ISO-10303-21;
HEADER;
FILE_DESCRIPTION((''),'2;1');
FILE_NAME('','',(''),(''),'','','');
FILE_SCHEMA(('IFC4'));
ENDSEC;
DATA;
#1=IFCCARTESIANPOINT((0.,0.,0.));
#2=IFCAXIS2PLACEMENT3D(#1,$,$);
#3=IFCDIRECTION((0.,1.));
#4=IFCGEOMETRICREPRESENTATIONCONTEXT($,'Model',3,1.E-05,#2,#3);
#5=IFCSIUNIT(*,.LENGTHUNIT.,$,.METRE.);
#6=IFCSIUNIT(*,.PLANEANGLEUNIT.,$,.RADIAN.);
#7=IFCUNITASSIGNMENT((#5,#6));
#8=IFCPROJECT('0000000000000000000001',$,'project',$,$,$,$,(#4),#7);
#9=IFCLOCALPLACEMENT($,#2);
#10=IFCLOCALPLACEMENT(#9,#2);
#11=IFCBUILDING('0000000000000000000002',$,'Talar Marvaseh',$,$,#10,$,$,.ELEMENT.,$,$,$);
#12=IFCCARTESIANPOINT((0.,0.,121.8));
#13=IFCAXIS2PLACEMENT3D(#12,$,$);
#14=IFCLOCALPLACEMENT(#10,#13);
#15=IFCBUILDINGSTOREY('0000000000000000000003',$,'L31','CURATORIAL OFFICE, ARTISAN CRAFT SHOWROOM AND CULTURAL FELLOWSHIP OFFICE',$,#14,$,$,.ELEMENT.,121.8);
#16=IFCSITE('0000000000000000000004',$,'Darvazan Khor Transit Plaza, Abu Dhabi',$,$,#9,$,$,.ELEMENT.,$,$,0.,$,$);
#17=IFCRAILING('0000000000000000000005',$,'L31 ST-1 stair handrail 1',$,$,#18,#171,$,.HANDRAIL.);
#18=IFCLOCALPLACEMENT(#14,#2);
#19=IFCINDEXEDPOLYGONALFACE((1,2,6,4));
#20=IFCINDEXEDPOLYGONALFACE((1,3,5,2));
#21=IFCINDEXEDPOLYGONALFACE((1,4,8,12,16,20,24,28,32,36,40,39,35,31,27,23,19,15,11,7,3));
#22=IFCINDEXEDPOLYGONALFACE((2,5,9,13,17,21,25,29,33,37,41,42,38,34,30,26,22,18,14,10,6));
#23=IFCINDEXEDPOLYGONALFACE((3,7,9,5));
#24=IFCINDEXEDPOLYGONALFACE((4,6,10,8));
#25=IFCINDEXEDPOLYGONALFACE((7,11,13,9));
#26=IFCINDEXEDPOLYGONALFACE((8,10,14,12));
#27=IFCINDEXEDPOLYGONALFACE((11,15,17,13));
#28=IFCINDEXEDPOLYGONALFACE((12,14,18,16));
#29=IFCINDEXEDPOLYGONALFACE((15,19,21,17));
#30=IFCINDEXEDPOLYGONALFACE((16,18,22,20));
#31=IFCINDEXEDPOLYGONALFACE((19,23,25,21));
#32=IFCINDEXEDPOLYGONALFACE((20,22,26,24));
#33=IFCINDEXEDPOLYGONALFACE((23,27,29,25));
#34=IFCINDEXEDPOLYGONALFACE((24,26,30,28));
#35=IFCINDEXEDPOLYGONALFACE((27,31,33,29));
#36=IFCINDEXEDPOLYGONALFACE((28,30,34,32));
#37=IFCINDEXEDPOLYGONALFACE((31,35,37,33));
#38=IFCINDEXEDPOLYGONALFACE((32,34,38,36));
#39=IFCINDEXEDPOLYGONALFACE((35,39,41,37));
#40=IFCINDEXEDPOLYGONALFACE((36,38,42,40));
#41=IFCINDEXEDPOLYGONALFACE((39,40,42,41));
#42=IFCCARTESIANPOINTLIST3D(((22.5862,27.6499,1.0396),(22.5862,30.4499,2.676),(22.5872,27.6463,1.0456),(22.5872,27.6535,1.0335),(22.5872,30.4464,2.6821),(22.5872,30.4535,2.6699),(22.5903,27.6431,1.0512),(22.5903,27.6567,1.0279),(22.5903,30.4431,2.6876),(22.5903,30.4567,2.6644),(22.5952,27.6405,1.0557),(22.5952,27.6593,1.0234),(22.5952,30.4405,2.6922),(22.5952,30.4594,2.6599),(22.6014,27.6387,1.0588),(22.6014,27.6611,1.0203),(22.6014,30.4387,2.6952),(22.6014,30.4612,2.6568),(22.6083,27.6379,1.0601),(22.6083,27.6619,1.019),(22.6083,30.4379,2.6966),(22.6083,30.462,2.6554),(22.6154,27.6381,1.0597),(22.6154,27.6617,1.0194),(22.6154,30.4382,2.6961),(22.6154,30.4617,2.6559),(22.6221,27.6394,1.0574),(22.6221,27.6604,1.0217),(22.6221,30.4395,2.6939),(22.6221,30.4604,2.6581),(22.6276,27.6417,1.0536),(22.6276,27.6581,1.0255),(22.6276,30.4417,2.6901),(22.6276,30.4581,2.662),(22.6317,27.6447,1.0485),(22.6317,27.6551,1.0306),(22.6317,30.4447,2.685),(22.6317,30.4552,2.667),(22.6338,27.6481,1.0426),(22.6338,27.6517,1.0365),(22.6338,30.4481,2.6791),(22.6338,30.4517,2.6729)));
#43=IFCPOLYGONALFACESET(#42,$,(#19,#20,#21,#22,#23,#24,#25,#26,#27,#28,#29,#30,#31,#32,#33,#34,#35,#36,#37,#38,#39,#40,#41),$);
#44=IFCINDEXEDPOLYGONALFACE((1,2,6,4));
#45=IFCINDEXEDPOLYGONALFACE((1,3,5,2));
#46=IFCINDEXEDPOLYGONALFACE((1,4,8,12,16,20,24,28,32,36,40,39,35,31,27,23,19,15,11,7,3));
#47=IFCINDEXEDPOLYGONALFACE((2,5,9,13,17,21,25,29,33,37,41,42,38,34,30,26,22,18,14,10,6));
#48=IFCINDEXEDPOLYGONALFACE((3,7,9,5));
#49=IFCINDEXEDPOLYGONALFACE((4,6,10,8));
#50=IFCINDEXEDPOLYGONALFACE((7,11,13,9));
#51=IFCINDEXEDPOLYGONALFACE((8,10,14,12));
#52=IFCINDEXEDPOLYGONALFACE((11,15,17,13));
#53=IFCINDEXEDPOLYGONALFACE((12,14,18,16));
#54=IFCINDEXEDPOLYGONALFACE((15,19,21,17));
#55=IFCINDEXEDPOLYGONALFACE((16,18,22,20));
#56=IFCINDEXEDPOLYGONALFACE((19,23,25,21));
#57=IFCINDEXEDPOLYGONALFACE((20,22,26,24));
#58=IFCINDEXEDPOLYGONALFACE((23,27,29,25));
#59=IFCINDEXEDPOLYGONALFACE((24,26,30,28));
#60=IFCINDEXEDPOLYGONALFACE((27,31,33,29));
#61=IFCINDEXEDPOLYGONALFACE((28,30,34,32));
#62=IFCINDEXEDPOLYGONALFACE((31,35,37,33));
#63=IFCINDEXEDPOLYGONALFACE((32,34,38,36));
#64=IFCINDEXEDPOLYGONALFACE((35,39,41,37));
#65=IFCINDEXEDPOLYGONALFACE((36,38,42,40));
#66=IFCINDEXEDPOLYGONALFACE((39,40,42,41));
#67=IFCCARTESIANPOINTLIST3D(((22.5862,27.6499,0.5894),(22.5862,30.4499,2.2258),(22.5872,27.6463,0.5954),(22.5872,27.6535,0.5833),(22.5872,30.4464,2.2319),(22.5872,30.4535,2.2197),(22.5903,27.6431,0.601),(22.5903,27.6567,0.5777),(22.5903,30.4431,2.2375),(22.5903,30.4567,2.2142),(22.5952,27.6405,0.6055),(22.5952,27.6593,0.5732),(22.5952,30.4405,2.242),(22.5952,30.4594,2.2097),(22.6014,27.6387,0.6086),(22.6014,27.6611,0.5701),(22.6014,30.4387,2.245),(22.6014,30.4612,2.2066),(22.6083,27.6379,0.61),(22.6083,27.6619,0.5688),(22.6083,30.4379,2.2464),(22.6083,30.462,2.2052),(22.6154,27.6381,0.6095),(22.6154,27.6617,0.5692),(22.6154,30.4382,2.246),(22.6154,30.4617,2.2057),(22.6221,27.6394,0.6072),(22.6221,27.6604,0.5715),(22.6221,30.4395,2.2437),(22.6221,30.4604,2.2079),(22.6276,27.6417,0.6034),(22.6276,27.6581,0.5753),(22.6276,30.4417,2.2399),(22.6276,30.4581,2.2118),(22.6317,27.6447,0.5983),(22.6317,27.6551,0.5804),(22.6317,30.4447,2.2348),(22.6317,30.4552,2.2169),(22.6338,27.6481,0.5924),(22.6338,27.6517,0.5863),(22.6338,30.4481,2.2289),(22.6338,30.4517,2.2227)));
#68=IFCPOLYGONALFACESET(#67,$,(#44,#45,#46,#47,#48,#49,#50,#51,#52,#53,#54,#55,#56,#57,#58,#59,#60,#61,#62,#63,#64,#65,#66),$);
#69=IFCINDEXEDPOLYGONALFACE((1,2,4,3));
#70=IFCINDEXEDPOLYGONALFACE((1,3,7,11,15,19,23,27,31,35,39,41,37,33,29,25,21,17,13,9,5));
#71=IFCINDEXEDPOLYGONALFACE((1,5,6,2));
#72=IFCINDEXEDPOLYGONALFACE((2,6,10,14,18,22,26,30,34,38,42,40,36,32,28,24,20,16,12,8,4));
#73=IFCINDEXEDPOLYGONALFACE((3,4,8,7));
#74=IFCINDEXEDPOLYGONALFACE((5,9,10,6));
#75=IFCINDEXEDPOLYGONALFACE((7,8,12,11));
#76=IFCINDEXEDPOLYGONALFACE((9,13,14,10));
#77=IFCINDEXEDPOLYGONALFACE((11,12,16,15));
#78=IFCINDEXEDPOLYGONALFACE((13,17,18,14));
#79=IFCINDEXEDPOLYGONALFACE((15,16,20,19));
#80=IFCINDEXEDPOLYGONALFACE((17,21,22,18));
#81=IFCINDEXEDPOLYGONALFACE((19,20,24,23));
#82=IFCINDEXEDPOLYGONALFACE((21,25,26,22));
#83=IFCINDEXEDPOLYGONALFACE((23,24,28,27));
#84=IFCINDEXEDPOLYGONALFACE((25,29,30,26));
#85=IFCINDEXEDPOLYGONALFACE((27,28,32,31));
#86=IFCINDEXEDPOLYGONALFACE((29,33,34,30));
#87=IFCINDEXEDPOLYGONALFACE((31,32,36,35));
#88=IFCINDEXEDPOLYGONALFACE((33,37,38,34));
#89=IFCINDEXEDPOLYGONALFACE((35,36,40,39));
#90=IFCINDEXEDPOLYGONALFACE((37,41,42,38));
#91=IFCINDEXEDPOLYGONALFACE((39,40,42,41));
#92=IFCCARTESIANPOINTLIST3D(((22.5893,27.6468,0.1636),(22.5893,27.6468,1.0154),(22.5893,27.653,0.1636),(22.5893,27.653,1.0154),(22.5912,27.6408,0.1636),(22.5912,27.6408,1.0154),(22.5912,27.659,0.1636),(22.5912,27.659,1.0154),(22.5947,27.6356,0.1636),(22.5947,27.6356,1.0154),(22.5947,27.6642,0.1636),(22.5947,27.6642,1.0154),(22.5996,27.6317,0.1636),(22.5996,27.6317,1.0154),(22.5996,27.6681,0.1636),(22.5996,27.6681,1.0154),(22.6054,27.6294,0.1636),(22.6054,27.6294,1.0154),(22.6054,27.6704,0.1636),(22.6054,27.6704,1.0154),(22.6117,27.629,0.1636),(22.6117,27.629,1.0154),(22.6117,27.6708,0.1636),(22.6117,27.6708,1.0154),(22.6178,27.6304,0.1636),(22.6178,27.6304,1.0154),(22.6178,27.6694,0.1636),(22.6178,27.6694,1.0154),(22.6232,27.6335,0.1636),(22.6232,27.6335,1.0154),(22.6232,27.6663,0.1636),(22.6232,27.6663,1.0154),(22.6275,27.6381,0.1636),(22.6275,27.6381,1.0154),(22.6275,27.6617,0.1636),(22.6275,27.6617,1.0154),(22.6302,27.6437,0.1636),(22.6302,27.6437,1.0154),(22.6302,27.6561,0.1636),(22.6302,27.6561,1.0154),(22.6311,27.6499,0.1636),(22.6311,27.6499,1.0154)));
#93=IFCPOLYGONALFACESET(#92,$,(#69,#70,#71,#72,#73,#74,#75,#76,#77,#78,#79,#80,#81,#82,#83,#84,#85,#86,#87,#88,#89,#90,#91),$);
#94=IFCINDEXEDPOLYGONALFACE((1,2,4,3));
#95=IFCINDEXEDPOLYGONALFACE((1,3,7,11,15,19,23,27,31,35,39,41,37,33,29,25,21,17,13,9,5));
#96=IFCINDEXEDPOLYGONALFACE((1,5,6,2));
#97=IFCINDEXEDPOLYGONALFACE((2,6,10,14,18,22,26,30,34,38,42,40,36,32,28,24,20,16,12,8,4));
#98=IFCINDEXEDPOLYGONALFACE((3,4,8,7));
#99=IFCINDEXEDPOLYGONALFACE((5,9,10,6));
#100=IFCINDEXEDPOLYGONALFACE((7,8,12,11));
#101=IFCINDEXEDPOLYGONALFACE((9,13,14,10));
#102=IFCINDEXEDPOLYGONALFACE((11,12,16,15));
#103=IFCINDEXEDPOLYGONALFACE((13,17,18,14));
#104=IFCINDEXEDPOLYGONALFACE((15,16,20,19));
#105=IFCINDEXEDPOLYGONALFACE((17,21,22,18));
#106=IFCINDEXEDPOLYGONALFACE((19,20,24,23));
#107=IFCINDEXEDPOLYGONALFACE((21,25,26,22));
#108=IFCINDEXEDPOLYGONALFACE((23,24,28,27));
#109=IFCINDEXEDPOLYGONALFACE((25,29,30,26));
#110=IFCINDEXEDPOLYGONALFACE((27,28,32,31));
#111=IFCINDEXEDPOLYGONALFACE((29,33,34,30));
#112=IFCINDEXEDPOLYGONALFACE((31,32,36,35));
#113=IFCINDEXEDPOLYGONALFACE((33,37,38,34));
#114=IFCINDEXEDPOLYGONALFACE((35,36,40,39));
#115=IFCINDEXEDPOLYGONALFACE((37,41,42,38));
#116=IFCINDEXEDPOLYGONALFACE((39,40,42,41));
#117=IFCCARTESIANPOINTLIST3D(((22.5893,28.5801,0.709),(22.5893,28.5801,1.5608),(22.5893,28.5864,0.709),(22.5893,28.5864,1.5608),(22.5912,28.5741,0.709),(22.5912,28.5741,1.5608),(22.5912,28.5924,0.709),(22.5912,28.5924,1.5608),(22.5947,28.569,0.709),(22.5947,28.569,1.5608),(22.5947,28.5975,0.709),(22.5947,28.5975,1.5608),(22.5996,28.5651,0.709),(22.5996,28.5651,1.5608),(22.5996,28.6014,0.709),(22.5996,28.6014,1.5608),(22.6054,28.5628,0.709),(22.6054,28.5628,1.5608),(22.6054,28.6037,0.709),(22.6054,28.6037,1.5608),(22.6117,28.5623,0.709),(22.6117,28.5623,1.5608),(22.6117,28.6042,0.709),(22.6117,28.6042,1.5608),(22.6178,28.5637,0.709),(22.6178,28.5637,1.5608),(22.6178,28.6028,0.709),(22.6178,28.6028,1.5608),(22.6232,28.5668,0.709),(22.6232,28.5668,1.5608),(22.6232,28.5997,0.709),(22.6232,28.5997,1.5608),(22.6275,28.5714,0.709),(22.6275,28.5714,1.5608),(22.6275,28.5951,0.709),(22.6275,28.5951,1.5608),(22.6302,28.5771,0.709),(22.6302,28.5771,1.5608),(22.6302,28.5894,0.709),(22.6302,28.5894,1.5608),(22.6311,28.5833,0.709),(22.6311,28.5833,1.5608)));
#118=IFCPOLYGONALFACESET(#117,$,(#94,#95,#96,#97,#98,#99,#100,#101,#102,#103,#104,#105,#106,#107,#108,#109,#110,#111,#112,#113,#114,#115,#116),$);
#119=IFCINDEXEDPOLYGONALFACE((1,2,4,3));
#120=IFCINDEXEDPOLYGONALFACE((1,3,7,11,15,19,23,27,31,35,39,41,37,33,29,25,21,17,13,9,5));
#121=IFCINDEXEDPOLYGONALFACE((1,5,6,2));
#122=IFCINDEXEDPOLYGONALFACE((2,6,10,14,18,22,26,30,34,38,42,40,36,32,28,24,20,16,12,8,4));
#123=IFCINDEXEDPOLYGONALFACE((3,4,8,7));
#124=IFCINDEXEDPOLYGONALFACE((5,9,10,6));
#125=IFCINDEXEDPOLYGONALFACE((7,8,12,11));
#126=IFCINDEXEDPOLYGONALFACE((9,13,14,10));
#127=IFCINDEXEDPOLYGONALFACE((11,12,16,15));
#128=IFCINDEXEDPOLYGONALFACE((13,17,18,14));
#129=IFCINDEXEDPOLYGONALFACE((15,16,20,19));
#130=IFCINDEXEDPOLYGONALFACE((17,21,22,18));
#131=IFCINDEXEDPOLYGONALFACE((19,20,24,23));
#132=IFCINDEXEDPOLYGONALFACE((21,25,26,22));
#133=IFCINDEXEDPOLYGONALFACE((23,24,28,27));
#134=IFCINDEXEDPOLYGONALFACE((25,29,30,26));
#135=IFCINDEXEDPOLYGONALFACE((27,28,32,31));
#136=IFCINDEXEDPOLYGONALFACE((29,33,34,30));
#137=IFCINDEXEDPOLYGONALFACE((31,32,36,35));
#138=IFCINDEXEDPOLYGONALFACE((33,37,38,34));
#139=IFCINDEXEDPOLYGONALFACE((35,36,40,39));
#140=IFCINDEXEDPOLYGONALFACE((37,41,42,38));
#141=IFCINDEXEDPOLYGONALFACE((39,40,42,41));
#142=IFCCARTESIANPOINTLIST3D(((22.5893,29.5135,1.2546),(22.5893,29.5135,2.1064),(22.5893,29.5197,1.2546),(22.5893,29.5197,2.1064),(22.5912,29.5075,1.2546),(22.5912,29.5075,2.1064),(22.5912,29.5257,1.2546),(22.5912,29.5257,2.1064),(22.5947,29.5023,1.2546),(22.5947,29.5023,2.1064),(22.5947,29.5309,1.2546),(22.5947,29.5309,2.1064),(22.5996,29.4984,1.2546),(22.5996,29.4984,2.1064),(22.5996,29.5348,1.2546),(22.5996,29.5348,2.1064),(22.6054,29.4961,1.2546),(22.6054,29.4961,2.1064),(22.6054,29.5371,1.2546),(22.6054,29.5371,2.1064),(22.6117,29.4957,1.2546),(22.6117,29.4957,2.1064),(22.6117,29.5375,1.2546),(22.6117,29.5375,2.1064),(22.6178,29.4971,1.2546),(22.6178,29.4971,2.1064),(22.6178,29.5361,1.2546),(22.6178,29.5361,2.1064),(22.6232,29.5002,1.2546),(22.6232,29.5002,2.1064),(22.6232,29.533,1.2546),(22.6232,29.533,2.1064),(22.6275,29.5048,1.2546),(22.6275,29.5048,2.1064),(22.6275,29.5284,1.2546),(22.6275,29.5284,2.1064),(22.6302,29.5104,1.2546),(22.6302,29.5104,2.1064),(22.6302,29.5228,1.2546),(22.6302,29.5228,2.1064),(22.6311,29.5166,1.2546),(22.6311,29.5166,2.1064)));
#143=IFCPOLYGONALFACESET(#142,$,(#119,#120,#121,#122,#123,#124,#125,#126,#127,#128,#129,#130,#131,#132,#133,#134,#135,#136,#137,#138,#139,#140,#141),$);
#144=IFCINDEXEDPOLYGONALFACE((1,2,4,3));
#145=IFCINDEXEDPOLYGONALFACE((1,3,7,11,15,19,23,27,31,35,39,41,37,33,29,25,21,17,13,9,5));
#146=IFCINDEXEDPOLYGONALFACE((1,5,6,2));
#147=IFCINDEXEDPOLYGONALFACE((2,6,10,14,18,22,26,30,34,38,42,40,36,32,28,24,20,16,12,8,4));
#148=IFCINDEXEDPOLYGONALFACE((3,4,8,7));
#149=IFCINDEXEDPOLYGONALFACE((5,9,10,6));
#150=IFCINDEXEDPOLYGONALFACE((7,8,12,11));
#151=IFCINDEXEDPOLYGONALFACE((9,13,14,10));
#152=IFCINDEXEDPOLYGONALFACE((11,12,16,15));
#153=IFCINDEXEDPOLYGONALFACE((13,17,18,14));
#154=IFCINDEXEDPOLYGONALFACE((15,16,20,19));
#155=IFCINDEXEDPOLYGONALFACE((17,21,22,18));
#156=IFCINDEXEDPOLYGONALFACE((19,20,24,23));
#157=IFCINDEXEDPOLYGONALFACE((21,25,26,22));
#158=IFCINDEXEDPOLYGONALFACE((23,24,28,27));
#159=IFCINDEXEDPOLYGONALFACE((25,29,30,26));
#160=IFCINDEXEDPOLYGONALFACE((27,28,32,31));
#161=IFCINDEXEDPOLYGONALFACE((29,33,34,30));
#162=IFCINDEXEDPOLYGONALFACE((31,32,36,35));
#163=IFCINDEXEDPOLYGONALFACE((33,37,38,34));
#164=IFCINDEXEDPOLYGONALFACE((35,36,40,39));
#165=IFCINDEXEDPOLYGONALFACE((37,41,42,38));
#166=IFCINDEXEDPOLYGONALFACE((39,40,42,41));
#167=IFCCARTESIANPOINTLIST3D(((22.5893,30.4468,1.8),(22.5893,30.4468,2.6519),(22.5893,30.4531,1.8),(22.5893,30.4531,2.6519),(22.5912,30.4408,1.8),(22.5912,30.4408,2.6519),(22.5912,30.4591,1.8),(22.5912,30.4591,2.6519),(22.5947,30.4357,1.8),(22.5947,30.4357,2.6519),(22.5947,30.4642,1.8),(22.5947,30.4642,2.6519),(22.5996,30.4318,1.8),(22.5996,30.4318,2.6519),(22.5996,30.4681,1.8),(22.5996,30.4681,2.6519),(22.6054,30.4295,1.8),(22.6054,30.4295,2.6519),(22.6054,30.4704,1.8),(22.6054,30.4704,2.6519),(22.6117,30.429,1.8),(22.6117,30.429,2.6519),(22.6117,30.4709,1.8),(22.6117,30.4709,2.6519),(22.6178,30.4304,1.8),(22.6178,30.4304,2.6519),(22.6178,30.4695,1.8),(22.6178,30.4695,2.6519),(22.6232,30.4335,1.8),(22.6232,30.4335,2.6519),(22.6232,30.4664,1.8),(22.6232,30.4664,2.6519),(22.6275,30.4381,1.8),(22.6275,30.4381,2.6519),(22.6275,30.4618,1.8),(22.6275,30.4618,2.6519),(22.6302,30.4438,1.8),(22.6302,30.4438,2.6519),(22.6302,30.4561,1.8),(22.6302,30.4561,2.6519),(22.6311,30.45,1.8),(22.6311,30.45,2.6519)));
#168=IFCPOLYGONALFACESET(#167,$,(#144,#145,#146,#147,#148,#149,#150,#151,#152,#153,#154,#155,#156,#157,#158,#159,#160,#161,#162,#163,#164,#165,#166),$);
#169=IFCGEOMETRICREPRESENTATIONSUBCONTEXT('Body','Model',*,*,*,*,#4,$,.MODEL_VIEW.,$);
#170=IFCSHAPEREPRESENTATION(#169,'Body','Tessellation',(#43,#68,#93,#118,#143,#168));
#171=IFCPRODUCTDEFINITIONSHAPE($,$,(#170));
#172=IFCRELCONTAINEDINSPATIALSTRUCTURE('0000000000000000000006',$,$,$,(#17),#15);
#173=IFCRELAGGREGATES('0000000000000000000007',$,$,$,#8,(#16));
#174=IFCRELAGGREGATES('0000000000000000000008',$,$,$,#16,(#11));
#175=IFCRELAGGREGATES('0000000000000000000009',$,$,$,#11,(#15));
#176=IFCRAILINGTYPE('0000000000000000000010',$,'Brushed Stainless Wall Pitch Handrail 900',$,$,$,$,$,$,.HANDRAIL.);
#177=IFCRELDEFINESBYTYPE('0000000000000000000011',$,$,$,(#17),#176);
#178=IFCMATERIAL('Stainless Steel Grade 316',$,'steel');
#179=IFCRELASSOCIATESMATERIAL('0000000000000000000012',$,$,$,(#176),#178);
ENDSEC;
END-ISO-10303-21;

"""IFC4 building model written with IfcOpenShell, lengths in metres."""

from ifc_helpers import new_model, si_unit, direction, frame, origin, origin_2d, place, context, subcontext, project, spatial, circle, extrude, material, type_object, element, save


model = new_model("IFC4")

# Units and contexts
model_context = context("Model", 3, precision=1e-05, world=origin(), true_north=direction((0.0, 1.0)))
body_context = subcontext(model_context, "Body", "Model", "MODEL_VIEW")
ifc_project = project(units=[si_unit("LENGTHUNIT", "METRE"), si_unit("PLANEANGLEUNIT", "RADIAN")], contexts=[model_context])

# Site, building, storey
site_placement = place(None, origin())
site = spatial("IfcSite", under=ifc_project, at=site_placement, Name="Darvazan Khor Transit Plaza, Abu Dhabi", CompositionType="ELEMENT", RefElevation=0.0)
building_placement = place(site_placement, origin())
building = spatial("IfcBuilding", under=site, at=building_placement, Name="Talar Marvaseh", CompositionType="ELEMENT")
storey_placement = place(building_placement, frame((0.0, 0.0, 121.8)))
storey = spatial("IfcBuildingStorey", under=building, at=storey_placement, Name="L31", Description="CURATORIAL OFFICE, ARTISAN CRAFT SHOWROOM AND CULTURAL FELLOWSHIP OFFICE", CompositionType="ELEMENT", Elevation=121.8)

# Railing
ifc_material_1 = material(Name="Stainless Steel Grade 316", Category="steel")
railing_type_1 = type_object("IfcRailingType", Name="Brushed Stainless Wall Pitch Handrail 900", PredefinedType="HANDRAIL", material=ifc_material_1)
railing_1_placement = place(storey_placement, frame((22.6101, 27.6499, 0.1636)))
element("IfcRailing", 1, at=railing_1_placement, inside=storey, type_object=railing_type_1, Name="L31 ST-1 stair handrail 1", PredefinedType="HANDRAIL", context=body_context, shape_type="SweptSolid", body=[
    extrude(circle(Radius=0.0239, at=origin_2d()), frame((0.0, 0.0, 0.876), z_axis=(0.0, 0.863361, 0.504587), x_axis=(-1.0, 0.0, 0.0)), (0.0, 0.0, 1.0), 3.2432),
    extrude(circle(Radius=0.0239, at=origin_2d()), frame((0.0, 0.0, 0.4258), z_axis=(0.0, 0.863361, 0.504587), x_axis=(-1.0, 0.0, 0.0)), (0.0, 0.0, 1.0), 3.2432),
    extrude(circle(Radius=0.021, at=origin_2d()), origin(), (0.0, 0.0, 1.0), 0.8518),
    extrude(circle(Radius=0.021, at=origin_2d()), frame((0.0, 0.9333, 0.5454)), (0.0, 0.0, 1.0), 0.8518),
    extrude(circle(Radius=0.021, at=origin_2d()), frame((0.0, 1.8667, 1.0911)), (0.0, 0.0, 1.0), 0.8518),
    extrude(circle(Radius=0.021, at=origin_2d()), frame((0.0, 2.8, 1.6365)), (0.0, 0.0, 1.0), 0.8518),
])

save(model, "model.ifc")
